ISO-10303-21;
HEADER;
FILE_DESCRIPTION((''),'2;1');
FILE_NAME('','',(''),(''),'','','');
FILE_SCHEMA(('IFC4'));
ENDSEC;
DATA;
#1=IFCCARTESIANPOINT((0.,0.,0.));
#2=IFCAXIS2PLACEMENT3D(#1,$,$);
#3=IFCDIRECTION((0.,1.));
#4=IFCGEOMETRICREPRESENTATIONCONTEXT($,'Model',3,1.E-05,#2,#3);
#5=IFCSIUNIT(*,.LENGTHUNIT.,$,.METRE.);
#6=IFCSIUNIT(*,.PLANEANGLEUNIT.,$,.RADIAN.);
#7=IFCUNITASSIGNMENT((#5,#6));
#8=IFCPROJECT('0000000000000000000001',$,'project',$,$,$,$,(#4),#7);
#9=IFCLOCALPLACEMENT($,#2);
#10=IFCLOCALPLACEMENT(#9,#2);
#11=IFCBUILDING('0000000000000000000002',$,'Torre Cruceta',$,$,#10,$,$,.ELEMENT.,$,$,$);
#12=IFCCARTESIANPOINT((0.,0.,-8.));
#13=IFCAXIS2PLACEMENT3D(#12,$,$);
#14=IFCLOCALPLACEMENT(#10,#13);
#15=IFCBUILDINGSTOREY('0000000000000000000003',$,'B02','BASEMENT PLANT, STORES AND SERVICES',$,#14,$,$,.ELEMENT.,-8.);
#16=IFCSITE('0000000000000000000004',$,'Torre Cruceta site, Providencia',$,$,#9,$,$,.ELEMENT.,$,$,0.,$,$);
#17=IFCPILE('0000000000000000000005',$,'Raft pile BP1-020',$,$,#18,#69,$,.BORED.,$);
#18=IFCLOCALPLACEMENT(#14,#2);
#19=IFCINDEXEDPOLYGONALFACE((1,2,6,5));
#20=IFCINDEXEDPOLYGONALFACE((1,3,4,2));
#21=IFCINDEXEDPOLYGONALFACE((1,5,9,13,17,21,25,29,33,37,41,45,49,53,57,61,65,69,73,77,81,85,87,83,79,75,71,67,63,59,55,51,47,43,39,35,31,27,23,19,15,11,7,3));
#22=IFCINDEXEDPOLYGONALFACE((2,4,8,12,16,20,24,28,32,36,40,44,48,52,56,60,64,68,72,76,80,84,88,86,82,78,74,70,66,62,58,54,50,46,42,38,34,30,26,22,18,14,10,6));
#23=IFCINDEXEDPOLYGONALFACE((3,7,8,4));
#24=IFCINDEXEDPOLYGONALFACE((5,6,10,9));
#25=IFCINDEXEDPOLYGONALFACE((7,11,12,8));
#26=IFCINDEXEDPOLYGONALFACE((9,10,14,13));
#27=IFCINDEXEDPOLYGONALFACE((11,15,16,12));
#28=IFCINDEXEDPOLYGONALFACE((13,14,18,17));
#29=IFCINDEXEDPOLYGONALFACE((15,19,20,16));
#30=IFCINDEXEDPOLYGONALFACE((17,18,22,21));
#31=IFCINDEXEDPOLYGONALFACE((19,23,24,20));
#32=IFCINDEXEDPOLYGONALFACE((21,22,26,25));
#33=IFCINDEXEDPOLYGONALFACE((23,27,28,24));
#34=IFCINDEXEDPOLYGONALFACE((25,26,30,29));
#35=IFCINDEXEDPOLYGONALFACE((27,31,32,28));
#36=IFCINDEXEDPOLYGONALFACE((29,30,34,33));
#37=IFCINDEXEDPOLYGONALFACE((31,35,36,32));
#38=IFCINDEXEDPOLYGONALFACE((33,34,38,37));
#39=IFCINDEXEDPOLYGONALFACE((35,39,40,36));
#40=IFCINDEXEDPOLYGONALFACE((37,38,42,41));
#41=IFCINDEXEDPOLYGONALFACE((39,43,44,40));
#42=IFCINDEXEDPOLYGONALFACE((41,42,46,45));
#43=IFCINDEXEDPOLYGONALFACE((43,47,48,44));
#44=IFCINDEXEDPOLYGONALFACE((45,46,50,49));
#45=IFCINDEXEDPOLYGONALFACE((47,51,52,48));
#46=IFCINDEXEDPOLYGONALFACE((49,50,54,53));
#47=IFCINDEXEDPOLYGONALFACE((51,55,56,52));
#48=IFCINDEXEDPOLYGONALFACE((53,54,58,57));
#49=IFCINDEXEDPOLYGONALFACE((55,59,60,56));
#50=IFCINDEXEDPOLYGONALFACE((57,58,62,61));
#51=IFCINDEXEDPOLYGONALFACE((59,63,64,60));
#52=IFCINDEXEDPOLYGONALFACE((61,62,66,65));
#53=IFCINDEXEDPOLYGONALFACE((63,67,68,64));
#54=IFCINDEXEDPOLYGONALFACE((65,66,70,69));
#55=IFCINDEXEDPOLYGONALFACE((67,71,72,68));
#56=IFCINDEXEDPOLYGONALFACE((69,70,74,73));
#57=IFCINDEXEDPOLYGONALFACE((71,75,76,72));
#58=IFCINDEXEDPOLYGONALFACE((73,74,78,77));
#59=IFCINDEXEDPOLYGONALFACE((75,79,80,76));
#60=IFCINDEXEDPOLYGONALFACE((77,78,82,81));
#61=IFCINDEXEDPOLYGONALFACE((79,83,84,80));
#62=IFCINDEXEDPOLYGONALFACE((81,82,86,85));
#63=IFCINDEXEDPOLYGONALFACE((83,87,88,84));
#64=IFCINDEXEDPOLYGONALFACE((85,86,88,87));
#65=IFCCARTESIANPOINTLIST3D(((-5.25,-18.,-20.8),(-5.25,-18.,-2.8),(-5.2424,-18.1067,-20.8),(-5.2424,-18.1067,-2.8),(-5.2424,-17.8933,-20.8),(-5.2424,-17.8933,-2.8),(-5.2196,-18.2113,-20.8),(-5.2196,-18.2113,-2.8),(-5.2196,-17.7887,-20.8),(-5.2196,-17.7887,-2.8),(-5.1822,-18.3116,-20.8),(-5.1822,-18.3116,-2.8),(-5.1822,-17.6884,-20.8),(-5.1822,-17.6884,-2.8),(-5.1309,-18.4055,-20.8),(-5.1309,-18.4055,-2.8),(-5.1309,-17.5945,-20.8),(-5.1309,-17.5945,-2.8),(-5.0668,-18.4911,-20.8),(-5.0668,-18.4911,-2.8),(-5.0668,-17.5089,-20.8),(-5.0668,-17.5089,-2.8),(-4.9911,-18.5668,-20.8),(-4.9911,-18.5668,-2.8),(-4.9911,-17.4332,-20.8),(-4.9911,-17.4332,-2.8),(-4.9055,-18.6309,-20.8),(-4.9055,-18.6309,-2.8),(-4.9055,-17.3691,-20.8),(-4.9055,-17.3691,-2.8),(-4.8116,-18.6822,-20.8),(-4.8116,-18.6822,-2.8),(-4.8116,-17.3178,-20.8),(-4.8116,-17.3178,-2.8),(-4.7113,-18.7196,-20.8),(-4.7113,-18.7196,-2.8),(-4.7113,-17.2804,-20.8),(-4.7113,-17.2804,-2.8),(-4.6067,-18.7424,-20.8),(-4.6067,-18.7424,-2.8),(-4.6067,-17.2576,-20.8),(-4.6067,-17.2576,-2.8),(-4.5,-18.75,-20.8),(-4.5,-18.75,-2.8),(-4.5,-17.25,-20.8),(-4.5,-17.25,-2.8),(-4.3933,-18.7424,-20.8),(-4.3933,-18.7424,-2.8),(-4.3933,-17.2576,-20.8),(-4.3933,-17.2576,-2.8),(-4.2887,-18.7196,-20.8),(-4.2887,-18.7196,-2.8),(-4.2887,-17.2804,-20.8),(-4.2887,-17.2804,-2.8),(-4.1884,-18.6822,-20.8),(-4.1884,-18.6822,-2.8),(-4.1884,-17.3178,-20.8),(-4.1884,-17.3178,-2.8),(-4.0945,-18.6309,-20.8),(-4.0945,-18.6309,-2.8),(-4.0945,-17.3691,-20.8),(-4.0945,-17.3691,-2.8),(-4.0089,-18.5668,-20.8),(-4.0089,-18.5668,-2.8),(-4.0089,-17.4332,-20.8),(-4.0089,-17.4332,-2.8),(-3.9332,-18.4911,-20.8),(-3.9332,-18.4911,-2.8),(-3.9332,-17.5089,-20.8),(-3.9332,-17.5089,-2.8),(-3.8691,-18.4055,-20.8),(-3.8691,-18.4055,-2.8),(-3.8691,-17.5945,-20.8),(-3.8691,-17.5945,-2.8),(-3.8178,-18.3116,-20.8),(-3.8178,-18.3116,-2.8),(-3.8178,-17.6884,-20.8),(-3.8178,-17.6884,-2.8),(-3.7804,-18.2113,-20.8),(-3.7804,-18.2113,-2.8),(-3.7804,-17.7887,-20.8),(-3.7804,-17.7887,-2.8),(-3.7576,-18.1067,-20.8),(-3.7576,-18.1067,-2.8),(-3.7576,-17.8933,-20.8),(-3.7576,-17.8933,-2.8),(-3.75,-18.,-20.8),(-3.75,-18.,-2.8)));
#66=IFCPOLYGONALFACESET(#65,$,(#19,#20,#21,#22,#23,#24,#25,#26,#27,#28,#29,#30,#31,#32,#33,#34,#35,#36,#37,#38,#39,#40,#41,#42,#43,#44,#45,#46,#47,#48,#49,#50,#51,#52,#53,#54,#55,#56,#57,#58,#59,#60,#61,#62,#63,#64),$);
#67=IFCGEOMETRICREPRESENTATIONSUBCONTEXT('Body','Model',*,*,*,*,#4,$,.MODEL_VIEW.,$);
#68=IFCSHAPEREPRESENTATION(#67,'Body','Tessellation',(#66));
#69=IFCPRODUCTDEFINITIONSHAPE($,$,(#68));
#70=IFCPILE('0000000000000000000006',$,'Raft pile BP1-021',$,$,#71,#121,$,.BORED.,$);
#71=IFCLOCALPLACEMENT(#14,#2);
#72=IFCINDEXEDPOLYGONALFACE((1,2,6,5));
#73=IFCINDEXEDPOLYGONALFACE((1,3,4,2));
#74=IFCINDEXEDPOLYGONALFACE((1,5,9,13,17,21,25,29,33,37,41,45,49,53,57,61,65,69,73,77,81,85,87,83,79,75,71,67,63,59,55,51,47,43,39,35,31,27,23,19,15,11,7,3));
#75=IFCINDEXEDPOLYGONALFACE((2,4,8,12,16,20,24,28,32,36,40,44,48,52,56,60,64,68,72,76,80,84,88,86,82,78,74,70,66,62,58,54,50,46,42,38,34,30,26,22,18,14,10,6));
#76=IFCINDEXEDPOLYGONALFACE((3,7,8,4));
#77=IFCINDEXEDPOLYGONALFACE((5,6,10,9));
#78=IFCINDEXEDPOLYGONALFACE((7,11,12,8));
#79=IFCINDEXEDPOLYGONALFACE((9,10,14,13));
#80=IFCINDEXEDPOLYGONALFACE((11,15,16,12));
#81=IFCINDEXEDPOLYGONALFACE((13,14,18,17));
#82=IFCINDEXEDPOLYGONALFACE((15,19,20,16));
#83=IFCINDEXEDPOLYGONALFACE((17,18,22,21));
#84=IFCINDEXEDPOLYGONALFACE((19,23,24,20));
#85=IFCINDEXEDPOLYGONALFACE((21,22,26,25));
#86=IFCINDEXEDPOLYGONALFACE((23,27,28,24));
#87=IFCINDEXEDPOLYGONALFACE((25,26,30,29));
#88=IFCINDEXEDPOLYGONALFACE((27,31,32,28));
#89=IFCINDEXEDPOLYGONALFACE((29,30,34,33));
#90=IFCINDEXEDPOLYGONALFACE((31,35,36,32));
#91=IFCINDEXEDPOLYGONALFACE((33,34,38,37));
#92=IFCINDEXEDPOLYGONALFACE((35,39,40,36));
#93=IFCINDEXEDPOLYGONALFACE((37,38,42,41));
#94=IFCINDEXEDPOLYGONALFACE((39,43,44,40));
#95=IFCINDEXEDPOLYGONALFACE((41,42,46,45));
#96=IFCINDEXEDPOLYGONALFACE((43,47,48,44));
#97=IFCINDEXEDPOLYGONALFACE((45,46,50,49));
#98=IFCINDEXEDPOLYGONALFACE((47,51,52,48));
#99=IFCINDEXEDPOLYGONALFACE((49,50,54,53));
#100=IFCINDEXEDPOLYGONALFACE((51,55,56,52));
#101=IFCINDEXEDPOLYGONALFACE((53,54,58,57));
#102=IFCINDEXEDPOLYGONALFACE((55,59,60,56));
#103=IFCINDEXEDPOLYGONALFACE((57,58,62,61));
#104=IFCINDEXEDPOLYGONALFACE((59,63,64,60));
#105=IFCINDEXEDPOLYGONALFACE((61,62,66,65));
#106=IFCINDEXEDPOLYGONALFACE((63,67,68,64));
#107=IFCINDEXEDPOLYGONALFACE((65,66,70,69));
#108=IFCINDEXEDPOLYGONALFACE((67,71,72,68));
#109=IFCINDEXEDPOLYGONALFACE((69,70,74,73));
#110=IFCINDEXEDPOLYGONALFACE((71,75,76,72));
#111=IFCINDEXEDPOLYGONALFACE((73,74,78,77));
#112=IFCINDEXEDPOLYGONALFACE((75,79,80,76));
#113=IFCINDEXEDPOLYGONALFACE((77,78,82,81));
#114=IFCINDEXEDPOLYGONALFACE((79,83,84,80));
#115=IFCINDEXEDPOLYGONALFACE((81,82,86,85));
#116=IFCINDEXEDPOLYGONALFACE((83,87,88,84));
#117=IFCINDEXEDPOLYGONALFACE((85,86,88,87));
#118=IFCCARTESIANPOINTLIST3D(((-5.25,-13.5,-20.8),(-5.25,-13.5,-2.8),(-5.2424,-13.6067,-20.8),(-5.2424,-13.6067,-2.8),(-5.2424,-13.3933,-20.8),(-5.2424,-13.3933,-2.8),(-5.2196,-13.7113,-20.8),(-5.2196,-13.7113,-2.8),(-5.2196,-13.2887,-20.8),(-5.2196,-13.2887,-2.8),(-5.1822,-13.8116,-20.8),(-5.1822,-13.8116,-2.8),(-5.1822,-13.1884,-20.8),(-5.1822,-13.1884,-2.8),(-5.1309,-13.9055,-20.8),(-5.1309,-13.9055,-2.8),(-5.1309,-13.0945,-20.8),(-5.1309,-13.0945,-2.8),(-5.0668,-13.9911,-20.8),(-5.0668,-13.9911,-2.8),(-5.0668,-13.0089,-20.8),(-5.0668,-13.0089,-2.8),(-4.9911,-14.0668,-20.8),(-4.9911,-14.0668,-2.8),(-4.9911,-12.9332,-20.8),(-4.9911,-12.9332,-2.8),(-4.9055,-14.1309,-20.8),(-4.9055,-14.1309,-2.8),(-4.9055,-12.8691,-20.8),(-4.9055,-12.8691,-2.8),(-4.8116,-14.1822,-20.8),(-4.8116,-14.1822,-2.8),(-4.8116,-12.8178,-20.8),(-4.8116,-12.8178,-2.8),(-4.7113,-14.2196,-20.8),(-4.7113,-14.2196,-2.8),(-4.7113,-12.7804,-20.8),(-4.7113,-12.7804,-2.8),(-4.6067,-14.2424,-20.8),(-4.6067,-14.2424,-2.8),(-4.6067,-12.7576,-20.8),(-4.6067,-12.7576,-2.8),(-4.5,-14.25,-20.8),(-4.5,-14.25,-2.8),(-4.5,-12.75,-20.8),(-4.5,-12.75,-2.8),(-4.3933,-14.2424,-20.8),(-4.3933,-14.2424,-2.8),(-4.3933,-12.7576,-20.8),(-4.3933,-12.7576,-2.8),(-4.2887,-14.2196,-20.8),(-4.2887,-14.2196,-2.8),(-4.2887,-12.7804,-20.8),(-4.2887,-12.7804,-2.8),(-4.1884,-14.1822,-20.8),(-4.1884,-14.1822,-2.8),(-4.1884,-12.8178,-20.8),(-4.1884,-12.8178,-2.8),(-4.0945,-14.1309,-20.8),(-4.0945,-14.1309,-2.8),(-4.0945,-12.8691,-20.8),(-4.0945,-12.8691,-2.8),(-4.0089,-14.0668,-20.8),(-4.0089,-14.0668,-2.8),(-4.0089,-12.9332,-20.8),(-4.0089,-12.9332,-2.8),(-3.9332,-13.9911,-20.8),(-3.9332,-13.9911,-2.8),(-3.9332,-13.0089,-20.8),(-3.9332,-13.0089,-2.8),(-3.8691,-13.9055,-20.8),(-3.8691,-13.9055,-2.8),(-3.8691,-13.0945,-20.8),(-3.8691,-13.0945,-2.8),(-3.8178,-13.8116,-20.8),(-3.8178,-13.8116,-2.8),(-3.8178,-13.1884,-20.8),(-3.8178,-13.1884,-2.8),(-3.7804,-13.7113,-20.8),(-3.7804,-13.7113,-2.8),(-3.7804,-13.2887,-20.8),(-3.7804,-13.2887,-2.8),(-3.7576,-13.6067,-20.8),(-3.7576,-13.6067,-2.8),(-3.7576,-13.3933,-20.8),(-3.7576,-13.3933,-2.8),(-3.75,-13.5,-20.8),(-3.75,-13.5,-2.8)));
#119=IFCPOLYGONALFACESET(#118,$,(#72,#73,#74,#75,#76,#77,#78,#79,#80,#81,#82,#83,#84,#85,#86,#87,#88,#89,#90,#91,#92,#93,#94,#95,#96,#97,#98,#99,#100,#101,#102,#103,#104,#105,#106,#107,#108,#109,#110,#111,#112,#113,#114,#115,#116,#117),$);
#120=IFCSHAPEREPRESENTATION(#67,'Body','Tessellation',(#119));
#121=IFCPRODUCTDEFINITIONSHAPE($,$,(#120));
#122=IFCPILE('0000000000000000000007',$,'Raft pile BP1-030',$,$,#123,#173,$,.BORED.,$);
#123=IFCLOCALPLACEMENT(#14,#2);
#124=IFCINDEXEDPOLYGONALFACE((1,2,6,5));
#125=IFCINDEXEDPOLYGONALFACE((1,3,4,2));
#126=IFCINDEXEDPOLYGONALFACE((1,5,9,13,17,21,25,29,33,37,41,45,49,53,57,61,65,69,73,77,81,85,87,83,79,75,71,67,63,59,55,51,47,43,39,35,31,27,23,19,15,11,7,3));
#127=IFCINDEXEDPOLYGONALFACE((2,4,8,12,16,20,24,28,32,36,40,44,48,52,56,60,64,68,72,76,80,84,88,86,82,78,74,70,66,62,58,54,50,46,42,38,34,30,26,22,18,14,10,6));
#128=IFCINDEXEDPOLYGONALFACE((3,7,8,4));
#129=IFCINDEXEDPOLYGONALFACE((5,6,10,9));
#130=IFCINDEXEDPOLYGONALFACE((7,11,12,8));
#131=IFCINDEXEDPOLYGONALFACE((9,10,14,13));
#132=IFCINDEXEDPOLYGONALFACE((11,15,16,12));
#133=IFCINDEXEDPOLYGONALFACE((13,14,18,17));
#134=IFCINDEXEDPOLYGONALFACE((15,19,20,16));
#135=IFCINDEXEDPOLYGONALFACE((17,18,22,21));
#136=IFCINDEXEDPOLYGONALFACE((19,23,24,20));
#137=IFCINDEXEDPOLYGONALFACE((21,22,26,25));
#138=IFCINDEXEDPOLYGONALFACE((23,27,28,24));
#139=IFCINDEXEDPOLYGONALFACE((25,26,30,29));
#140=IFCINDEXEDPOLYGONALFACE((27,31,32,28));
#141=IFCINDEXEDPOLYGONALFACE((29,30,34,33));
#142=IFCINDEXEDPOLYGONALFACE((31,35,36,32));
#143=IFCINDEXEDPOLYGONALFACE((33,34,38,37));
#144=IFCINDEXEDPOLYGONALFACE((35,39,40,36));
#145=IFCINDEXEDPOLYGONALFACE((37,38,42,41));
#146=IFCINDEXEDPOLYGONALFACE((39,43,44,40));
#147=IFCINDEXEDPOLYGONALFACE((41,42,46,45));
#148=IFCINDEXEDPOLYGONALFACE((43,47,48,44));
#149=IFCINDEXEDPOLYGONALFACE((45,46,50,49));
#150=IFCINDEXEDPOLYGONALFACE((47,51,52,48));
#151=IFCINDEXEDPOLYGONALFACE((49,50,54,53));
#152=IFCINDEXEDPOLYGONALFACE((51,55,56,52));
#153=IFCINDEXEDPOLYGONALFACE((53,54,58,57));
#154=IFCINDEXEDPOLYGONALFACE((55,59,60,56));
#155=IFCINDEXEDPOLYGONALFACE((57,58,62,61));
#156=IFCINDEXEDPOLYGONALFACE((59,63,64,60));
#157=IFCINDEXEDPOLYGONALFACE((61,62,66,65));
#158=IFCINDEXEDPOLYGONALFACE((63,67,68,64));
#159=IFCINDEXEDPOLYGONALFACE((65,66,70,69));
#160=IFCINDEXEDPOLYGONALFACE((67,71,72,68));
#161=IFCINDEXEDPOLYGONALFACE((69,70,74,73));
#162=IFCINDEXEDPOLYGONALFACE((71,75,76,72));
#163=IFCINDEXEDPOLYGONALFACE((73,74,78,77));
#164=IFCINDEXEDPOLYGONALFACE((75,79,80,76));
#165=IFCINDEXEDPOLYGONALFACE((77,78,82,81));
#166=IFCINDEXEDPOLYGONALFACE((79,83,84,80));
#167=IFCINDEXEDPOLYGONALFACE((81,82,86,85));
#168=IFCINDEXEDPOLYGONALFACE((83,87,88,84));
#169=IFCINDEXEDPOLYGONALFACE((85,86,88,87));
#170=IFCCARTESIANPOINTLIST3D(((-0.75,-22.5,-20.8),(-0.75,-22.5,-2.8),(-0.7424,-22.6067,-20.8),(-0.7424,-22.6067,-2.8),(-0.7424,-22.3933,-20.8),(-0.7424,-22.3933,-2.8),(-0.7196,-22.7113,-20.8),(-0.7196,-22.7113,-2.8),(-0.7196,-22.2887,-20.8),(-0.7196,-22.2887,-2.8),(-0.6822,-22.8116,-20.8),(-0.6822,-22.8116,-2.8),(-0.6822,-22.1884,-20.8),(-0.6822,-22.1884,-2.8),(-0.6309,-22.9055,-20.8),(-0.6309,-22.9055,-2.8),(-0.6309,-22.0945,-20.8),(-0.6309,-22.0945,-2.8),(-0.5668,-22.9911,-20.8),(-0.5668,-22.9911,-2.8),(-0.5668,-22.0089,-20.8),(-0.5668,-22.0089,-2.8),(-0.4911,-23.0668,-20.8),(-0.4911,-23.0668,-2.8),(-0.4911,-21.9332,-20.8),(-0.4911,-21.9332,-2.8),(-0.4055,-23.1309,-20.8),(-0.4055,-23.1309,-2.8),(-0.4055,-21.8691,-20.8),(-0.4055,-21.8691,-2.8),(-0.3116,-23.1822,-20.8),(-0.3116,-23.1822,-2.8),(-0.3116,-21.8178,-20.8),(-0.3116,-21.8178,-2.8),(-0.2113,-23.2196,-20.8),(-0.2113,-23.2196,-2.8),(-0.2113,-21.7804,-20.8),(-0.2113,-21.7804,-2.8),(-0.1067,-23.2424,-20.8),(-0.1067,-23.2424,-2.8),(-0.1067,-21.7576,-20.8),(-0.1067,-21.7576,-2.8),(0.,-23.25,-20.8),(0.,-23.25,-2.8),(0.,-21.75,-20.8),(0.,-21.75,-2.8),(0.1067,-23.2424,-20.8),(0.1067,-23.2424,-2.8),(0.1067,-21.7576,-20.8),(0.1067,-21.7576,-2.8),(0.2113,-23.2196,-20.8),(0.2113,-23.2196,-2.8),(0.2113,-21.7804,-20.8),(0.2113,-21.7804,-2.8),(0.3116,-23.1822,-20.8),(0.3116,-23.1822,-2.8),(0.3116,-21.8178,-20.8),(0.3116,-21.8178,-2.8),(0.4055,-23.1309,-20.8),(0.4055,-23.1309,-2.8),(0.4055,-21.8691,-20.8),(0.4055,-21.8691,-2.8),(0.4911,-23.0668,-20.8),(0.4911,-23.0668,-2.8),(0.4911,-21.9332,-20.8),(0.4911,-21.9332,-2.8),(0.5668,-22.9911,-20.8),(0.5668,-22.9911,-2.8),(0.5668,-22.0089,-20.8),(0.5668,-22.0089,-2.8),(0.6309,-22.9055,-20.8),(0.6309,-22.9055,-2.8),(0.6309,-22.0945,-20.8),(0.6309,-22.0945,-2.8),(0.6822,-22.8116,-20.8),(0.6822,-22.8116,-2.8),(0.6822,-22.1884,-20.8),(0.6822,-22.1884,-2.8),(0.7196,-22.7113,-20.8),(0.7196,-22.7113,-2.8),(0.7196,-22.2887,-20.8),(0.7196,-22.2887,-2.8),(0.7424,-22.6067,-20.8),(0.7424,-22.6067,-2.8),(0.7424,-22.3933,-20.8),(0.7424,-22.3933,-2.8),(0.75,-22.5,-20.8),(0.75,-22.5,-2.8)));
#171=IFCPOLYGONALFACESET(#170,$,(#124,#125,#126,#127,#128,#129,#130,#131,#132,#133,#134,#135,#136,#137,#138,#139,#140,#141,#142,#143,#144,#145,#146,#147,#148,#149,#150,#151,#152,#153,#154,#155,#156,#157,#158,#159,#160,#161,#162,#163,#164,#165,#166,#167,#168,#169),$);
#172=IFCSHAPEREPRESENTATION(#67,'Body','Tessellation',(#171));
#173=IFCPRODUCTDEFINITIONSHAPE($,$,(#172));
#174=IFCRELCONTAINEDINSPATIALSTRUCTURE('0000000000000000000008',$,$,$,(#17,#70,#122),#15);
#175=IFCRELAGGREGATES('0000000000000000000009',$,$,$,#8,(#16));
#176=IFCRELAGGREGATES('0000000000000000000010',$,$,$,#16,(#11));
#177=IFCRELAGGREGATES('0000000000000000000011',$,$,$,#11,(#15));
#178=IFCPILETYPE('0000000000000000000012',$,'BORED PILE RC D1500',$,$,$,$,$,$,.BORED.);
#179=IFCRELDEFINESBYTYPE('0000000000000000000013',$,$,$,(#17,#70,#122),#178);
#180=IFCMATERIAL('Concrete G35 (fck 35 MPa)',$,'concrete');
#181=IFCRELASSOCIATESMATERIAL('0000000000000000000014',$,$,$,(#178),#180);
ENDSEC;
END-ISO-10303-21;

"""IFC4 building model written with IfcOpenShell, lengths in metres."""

from ifc_helpers import new_model, si_unit, direction, frame, origin, origin_2d, place, context, subcontext, project, spatial, circle, extrude, material, material_profile, profile_set, type_object, element, save


model = new_model("IFC4")

# Units and contexts
model_context = context("Model", 3, precision=1e-05, world=origin(), true_north=direction((0.0, 1.0)))
body_context = subcontext(model_context, "Body", "Model", "MODEL_VIEW")
ifc_project = project(units=[si_unit("LENGTHUNIT", "METRE"), si_unit("PLANEANGLEUNIT", "RADIAN")], contexts=[model_context])

# Site, building, storey
site_placement = place(None, origin())
site = spatial("IfcSite", under=ifc_project, at=site_placement, Name="Torre Cruceta site, Providencia", CompositionType="ELEMENT", RefElevation=0.0)
building_placement = place(site_placement, origin())
building = spatial("IfcBuilding", under=site, at=building_placement, Name="Torre Cruceta", CompositionType="ELEMENT")
storey_placement = place(building_placement, frame((0.0, 0.0, -8.0)))
storey = spatial("IfcBuildingStorey", under=building, at=storey_placement, Name="B02", Description="BASEMENT PLANT, STORES AND SERVICES", CompositionType="ELEMENT", Elevation=-8.0)

# Piles
ifc_material_1 = material(Name="Concrete G35 (fck 35 MPa)", Category="concrete")
ifc_material_profile_1 = material_profile(ifc_material_1, circle(Radius=0.75, at=origin_2d()), Name="RC D1500")
ifc_profile_set_1 = profile_set([ifc_material_profile_1], Name="Concrete G35 (fck 35 MPa)")
pile_type_1 = type_object("IfcPileType", Name="BORED PILE RC D1500", PredefinedType="BORED", material=ifc_profile_set_1)
for number, where, z_axis, x_axis, name in (
    (1, (-4.5, -18.0, -2.8), (0.0, 0.0, -1.0), (1.0, 0.0, 0.0), "Raft pile BP1-020"),
    (2, (-4.5, -13.5, -2.8), (0.0, 0.0, -1.0), (1.0, 0.0, 0.0), "Raft pile BP1-021"),
    (3, (0.0, -22.5, -2.8), (0.0, 0.0, -1.0), (1.0, 0.0, 0.0), "Raft pile BP1-030"),
):
    element("IfcPile", number, at=place(storey_placement, frame(where, z_axis=z_axis, x_axis=x_axis)), inside=storey, type_object=pile_type_1, Name=name, PredefinedType="BORED", context=body_context, shape_type="SweptSolid", body=[
        extrude(circle(Radius=0.75, at=origin_2d()), origin(), (0.0, 0.0, 1.0), 18.0),
    ])

save(model, "model.ifc")
